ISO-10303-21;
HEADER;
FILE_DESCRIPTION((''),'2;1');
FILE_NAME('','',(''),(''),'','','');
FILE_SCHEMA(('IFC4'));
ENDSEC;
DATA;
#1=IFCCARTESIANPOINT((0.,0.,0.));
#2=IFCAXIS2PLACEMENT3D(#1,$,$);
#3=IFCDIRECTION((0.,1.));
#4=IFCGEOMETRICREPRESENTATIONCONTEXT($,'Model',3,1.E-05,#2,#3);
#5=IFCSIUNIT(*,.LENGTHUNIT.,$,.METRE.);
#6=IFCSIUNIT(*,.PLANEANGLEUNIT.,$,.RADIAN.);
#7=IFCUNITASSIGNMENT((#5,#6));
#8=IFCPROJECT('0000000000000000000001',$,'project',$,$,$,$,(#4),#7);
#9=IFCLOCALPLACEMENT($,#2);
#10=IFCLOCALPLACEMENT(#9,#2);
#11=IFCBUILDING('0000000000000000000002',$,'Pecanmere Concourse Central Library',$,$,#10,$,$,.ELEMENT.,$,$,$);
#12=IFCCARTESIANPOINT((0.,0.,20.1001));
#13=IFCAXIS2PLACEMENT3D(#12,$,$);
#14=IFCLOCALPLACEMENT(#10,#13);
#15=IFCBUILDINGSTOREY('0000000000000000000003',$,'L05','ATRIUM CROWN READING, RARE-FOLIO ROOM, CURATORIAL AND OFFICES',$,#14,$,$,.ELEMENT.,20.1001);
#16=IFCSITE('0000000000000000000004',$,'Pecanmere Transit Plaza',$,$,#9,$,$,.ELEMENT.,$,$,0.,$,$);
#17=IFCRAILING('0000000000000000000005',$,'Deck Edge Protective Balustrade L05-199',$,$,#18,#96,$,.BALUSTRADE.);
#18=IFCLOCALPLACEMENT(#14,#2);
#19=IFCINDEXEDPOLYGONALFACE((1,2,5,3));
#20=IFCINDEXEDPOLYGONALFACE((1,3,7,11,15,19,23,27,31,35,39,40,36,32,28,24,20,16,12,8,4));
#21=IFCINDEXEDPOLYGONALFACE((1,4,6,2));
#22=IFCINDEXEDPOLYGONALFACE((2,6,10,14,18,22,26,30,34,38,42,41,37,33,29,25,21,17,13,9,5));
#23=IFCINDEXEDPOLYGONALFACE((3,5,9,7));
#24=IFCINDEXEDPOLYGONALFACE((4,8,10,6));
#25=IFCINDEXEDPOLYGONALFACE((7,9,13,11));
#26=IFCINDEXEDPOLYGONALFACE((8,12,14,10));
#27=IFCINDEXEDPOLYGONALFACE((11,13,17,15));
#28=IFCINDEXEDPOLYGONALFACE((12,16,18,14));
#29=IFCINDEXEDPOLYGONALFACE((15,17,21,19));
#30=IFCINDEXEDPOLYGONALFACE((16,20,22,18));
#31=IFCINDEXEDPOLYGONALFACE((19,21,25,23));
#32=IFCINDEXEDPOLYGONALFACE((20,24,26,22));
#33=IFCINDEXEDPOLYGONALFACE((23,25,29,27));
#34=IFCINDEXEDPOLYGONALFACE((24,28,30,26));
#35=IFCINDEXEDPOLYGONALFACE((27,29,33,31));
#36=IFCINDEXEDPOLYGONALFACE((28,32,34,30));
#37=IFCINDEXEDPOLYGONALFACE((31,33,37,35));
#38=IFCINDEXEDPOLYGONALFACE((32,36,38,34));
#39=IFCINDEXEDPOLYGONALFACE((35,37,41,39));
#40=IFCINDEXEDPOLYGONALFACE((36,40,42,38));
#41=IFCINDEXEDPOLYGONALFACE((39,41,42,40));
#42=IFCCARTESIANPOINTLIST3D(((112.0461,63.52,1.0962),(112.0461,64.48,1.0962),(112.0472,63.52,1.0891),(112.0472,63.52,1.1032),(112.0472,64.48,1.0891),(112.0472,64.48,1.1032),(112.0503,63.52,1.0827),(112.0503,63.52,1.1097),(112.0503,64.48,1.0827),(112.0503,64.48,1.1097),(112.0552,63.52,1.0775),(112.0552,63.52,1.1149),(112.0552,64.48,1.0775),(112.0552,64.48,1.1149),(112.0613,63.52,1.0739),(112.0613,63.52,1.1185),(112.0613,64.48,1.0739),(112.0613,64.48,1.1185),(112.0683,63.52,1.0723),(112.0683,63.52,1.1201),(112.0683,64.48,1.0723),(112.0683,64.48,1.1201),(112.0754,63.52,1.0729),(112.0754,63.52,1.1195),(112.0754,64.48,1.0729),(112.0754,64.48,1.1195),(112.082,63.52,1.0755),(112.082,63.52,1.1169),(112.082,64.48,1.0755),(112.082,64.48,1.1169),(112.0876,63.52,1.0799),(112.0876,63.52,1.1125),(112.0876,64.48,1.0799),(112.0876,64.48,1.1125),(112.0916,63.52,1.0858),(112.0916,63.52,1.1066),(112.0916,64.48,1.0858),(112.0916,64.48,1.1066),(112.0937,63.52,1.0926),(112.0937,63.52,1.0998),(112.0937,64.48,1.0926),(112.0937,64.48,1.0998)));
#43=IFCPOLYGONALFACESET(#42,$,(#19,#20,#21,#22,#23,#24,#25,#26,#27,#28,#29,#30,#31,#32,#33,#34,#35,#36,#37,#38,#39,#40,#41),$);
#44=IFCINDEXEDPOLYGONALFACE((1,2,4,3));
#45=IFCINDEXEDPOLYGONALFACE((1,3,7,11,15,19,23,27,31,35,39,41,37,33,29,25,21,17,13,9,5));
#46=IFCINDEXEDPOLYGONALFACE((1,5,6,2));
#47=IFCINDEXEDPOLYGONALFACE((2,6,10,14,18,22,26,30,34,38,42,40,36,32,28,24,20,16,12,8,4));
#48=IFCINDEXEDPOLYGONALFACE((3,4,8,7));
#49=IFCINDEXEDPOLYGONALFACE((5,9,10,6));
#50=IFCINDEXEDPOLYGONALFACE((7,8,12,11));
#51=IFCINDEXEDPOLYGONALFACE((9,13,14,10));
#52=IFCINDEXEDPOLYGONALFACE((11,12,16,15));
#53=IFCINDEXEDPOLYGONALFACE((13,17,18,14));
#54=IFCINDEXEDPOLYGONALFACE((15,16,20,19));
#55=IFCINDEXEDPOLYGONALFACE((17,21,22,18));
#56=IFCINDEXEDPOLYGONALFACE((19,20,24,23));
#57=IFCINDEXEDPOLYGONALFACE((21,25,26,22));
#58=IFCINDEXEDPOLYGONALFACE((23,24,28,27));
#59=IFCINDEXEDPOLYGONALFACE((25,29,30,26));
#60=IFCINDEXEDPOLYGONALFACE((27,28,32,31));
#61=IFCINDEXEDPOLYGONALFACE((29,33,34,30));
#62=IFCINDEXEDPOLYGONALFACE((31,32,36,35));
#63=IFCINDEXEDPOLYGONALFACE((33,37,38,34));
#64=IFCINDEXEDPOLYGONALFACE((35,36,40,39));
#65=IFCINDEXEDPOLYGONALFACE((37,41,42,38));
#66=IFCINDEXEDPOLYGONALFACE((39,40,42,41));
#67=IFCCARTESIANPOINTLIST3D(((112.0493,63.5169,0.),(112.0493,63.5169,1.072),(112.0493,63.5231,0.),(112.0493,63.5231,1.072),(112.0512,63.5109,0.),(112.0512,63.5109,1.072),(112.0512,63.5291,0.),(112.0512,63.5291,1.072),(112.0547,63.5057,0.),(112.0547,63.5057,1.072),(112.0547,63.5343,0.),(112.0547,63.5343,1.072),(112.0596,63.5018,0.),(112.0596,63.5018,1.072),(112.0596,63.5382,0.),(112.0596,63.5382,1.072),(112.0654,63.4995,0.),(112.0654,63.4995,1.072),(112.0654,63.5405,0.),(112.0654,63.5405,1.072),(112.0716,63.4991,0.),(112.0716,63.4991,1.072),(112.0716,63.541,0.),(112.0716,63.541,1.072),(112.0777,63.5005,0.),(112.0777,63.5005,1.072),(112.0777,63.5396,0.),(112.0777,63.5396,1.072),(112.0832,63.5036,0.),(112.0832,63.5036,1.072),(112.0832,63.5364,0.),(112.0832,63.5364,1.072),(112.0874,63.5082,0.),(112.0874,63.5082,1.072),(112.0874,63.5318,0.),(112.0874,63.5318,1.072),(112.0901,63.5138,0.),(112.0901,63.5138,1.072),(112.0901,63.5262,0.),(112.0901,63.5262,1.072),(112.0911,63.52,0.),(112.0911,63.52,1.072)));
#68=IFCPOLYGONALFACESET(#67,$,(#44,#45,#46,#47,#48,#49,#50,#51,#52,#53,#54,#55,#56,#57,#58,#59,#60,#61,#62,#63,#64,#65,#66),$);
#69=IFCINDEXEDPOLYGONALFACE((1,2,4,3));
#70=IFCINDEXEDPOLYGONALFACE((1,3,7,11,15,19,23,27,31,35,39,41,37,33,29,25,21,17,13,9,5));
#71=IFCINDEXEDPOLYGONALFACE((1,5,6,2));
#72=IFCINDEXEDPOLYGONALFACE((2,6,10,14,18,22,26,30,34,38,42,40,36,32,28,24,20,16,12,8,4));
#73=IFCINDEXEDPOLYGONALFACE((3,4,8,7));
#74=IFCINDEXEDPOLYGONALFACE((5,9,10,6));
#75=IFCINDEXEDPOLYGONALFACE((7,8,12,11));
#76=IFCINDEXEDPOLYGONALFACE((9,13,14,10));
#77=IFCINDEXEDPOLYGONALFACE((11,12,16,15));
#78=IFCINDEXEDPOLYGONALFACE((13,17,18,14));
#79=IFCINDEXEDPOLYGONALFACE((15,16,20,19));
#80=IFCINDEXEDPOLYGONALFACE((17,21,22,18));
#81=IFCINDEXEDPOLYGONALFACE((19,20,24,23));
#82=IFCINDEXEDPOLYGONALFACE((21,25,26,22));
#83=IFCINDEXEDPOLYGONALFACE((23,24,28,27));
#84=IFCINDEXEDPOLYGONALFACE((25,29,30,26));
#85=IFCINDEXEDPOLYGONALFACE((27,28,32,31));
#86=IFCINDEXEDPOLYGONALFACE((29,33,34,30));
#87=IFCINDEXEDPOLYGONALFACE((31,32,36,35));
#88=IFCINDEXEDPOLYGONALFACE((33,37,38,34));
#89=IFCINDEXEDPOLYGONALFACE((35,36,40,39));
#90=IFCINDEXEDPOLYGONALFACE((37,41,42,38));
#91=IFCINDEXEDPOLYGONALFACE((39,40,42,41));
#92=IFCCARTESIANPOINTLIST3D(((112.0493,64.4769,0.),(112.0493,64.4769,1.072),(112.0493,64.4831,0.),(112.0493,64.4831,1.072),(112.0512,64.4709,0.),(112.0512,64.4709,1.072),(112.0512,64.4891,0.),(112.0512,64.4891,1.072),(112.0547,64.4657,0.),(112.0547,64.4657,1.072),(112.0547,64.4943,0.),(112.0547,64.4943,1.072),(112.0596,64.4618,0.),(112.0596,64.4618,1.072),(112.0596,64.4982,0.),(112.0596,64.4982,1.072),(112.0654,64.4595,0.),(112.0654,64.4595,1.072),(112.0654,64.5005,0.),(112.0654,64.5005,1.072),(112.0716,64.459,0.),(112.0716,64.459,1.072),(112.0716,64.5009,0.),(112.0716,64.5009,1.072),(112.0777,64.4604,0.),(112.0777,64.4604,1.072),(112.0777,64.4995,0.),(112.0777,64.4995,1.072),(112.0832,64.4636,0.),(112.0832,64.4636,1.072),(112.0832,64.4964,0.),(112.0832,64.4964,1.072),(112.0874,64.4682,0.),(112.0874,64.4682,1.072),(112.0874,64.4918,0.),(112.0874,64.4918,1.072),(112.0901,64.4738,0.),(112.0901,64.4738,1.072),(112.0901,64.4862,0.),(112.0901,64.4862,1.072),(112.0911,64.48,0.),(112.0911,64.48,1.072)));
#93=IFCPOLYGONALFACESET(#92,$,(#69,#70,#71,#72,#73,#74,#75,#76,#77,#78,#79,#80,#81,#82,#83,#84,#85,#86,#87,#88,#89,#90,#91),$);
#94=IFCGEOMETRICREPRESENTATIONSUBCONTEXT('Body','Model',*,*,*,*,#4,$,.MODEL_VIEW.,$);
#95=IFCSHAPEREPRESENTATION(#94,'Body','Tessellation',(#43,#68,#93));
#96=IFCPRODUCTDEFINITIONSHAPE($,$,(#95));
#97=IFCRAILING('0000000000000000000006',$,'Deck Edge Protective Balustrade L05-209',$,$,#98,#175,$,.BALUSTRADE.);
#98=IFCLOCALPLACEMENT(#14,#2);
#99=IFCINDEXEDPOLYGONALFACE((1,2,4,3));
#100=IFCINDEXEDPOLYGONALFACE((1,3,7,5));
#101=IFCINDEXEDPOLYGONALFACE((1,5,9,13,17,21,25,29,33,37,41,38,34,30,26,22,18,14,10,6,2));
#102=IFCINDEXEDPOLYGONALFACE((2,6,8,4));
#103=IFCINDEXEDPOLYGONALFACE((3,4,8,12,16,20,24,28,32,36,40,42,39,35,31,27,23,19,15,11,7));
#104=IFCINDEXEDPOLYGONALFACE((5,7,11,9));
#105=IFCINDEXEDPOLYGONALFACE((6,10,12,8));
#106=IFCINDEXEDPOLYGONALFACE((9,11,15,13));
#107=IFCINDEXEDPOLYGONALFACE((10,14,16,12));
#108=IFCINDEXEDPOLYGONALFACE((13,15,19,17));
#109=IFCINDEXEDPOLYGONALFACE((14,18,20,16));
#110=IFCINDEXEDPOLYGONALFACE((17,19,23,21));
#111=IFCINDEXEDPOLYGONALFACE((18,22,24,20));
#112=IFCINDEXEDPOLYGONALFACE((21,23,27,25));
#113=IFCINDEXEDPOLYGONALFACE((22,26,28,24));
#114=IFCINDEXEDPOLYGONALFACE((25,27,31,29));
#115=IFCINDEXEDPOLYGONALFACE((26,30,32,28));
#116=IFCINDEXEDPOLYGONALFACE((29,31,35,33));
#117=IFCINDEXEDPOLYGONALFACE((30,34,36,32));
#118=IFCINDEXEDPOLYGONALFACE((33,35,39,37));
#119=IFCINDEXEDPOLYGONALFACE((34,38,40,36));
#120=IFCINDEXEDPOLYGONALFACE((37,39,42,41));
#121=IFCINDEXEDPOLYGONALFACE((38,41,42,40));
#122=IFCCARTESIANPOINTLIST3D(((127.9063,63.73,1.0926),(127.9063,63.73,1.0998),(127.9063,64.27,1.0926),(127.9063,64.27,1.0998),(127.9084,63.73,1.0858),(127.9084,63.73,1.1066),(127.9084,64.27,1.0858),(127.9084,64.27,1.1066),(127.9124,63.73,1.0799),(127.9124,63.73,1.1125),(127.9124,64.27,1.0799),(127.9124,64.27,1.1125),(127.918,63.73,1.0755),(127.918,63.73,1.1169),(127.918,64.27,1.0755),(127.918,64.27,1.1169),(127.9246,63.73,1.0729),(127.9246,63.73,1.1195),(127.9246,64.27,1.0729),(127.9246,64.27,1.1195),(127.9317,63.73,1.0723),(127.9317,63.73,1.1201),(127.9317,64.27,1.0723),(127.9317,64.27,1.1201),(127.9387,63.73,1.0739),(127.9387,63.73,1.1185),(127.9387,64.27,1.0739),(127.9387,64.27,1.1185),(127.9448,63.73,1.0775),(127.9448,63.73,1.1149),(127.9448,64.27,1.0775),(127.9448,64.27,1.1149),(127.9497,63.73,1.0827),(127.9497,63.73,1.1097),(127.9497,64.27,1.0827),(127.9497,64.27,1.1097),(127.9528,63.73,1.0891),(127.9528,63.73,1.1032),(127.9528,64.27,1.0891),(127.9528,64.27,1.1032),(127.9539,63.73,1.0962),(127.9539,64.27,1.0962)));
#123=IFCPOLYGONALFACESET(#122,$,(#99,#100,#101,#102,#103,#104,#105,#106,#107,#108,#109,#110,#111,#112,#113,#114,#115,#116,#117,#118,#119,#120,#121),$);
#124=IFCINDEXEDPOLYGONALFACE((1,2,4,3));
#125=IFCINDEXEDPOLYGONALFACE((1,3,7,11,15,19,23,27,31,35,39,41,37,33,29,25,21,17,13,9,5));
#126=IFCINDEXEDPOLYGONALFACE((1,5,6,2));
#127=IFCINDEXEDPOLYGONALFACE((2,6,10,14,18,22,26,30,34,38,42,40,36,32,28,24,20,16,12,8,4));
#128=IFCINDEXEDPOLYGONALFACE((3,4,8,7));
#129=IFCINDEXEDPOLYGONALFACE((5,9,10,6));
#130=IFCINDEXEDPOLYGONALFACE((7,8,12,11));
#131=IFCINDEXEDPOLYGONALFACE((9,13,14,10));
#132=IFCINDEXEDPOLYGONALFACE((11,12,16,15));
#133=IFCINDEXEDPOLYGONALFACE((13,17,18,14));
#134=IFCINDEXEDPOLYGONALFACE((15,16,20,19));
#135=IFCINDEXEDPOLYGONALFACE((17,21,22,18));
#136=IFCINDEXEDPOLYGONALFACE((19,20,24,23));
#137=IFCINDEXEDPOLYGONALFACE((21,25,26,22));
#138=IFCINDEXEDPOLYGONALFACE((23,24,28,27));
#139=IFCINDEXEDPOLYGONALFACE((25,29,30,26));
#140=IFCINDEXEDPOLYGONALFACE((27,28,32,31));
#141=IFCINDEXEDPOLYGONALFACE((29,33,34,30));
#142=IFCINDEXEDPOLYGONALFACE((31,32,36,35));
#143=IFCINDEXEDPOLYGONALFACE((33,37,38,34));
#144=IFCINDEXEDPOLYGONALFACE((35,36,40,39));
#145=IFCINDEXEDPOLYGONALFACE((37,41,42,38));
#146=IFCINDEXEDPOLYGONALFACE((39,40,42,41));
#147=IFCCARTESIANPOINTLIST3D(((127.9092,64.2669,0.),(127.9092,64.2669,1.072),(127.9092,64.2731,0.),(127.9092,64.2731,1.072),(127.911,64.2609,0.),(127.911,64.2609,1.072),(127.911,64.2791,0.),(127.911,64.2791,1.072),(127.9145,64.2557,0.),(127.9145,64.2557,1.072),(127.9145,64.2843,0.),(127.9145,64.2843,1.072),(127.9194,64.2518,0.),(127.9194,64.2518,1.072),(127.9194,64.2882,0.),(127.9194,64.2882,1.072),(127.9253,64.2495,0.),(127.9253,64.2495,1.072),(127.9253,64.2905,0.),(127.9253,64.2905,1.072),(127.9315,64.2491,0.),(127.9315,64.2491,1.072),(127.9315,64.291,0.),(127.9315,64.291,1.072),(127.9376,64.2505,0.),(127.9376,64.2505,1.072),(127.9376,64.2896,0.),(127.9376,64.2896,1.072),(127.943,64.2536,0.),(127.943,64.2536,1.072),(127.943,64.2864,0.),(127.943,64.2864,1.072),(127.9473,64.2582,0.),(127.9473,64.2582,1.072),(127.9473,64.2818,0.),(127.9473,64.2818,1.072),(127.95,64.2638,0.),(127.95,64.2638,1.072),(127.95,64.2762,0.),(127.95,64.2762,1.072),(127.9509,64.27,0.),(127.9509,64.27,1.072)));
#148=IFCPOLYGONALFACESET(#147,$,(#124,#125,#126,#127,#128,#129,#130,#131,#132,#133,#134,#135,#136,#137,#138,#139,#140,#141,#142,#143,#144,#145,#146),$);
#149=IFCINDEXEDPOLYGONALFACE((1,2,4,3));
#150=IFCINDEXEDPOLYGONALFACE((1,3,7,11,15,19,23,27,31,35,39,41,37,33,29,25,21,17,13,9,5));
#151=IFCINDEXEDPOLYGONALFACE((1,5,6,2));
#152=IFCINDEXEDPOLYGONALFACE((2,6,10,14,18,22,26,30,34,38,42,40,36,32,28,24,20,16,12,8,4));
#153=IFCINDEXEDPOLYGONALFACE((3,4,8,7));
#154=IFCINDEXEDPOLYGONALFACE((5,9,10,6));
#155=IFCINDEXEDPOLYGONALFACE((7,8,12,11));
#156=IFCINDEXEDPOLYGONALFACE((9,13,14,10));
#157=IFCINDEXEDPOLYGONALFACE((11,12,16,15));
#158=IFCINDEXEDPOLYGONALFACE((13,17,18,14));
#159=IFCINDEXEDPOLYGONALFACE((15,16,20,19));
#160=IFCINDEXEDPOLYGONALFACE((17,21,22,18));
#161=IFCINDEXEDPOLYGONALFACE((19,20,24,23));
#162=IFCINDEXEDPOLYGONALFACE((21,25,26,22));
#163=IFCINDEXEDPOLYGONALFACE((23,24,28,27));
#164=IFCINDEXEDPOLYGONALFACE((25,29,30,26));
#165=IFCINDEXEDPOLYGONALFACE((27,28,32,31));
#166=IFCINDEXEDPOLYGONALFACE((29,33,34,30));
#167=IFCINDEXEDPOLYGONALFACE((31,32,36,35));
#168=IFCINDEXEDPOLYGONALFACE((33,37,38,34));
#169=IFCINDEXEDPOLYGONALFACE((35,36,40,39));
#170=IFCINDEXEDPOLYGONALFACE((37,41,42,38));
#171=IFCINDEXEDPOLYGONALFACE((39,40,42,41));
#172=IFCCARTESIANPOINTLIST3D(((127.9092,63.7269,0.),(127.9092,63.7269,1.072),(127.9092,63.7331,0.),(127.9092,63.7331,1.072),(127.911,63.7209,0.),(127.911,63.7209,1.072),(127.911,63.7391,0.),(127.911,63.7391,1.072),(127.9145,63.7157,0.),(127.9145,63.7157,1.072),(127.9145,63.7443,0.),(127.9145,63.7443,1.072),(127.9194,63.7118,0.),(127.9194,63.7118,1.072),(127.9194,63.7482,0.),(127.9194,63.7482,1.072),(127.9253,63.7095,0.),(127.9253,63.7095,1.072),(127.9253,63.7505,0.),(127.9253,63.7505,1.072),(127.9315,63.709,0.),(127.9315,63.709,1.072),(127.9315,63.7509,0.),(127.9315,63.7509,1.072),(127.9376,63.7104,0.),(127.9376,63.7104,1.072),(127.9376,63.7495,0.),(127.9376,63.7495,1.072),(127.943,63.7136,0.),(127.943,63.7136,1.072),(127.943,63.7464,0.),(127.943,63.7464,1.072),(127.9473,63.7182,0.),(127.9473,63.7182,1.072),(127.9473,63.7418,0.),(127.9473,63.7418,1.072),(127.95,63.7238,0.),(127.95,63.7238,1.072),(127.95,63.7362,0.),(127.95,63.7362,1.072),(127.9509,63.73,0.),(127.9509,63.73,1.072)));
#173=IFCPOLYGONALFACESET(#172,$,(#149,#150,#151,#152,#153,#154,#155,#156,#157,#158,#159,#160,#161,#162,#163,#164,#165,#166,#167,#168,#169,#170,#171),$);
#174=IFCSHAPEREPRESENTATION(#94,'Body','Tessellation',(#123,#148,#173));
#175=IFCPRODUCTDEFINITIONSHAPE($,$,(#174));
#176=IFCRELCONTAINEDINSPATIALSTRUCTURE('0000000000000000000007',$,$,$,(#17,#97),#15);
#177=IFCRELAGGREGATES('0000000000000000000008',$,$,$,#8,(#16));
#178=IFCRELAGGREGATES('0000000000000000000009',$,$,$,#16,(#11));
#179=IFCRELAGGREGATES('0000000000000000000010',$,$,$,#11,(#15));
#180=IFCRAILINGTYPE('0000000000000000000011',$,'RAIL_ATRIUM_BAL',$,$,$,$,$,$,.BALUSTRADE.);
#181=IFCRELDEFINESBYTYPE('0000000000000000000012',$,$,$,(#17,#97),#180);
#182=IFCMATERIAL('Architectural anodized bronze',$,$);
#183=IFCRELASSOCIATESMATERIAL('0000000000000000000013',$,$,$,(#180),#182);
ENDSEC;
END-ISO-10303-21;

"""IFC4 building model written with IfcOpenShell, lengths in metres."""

from ifc_helpers import new_model, si_unit, direction, frame, origin, origin_2d, place, context, subcontext, project, spatial, circle, extrude, material, type_object, element, save


model = new_model("IFC4")

# Units and contexts
model_context = context("Model", 3, precision=1e-05, world=origin(), true_north=direction((0.0, 1.0)))
body_context = subcontext(model_context, "Body", "Model", "MODEL_VIEW")
ifc_project = project(units=[si_unit("LENGTHUNIT", "METRE"), si_unit("PLANEANGLEUNIT", "RADIAN")], contexts=[model_context])

# Site, building, storey
site_placement = place(None, origin())
site = spatial("IfcSite", under=ifc_project, at=site_placement, Name="Pecanmere Transit Plaza", CompositionType="ELEMENT", RefElevation=0.0)
building_placement = place(site_placement, origin())
building = spatial("IfcBuilding", under=site, at=building_placement, Name="Pecanmere Concourse Central Library", CompositionType="ELEMENT")
storey_placement = place(building_placement, frame((0.0, 0.0, 20.1001)))
storey = spatial("IfcBuildingStorey", under=building, at=storey_placement, Name="L05", Description="ATRIUM CROWN READING, RARE-FOLIO ROOM, CURATORIAL AND OFFICES", CompositionType="ELEMENT", Elevation=20.1001)

# Railings
ifc_material_1 = material(Name="Architectural anodized bronze")
railing_type = type_object("IfcRailingType", Name="RAIL_ATRIUM_BAL", PredefinedType="BALUSTRADE", material=ifc_material_1)
railing_1_placement = place(storey_placement, frame((112.0701, 63.52, 0.0)))
element("IfcRailing", 1, at=railing_1_placement, inside=storey, type_object=railing_type, Name="Deck Edge Protective Balustrade L05-199", PredefinedType="BALUSTRADE", context=body_context, shape_type="SweptSolid", body=[
    extrude(circle(Radius=0.0239, at=origin_2d()), frame((0.0, 0.0, 1.0962), z_axis=(0.0, 1.0, 0.0), x_axis=(-1.0, 0.0, 0.0)), (0.0, 0.0, 1.0), 0.96),
    extrude(circle(Radius=0.021, at=origin_2d()), origin(), (0.0, 0.0, 1.0), 1.072),
    extrude(circle(Radius=0.021, at=origin_2d()), frame((0.0, 0.96, 0.0)), (0.0, 0.0, 1.0), 1.072),
])
railing_2_placement = place(storey_placement, frame((127.9299, 64.27, 0.0)))
element("IfcRailing", 2, at=railing_2_placement, inside=storey, type_object=railing_type, Name="Deck Edge Protective Balustrade L05-209", PredefinedType="BALUSTRADE", context=body_context, shape_type="SweptSolid", body=[
    extrude(circle(Radius=0.0239, at=origin_2d()), frame((0.0, 0.0, 1.0962), z_axis=(0.0, -1.0, 0.0), x_axis=(1.0, 0.0, 0.0)), (0.0, 0.0, 1.0), 0.54),
    extrude(circle(Radius=0.021, at=origin_2d()), origin(), (0.0, 0.0, 1.0), 1.072),
    extrude(circle(Radius=0.021, at=origin_2d()), frame((0.0, -0.54, 0.0)), (0.0, 0.0, 1.0), 1.072),
])

save(model, "model.ifc")
